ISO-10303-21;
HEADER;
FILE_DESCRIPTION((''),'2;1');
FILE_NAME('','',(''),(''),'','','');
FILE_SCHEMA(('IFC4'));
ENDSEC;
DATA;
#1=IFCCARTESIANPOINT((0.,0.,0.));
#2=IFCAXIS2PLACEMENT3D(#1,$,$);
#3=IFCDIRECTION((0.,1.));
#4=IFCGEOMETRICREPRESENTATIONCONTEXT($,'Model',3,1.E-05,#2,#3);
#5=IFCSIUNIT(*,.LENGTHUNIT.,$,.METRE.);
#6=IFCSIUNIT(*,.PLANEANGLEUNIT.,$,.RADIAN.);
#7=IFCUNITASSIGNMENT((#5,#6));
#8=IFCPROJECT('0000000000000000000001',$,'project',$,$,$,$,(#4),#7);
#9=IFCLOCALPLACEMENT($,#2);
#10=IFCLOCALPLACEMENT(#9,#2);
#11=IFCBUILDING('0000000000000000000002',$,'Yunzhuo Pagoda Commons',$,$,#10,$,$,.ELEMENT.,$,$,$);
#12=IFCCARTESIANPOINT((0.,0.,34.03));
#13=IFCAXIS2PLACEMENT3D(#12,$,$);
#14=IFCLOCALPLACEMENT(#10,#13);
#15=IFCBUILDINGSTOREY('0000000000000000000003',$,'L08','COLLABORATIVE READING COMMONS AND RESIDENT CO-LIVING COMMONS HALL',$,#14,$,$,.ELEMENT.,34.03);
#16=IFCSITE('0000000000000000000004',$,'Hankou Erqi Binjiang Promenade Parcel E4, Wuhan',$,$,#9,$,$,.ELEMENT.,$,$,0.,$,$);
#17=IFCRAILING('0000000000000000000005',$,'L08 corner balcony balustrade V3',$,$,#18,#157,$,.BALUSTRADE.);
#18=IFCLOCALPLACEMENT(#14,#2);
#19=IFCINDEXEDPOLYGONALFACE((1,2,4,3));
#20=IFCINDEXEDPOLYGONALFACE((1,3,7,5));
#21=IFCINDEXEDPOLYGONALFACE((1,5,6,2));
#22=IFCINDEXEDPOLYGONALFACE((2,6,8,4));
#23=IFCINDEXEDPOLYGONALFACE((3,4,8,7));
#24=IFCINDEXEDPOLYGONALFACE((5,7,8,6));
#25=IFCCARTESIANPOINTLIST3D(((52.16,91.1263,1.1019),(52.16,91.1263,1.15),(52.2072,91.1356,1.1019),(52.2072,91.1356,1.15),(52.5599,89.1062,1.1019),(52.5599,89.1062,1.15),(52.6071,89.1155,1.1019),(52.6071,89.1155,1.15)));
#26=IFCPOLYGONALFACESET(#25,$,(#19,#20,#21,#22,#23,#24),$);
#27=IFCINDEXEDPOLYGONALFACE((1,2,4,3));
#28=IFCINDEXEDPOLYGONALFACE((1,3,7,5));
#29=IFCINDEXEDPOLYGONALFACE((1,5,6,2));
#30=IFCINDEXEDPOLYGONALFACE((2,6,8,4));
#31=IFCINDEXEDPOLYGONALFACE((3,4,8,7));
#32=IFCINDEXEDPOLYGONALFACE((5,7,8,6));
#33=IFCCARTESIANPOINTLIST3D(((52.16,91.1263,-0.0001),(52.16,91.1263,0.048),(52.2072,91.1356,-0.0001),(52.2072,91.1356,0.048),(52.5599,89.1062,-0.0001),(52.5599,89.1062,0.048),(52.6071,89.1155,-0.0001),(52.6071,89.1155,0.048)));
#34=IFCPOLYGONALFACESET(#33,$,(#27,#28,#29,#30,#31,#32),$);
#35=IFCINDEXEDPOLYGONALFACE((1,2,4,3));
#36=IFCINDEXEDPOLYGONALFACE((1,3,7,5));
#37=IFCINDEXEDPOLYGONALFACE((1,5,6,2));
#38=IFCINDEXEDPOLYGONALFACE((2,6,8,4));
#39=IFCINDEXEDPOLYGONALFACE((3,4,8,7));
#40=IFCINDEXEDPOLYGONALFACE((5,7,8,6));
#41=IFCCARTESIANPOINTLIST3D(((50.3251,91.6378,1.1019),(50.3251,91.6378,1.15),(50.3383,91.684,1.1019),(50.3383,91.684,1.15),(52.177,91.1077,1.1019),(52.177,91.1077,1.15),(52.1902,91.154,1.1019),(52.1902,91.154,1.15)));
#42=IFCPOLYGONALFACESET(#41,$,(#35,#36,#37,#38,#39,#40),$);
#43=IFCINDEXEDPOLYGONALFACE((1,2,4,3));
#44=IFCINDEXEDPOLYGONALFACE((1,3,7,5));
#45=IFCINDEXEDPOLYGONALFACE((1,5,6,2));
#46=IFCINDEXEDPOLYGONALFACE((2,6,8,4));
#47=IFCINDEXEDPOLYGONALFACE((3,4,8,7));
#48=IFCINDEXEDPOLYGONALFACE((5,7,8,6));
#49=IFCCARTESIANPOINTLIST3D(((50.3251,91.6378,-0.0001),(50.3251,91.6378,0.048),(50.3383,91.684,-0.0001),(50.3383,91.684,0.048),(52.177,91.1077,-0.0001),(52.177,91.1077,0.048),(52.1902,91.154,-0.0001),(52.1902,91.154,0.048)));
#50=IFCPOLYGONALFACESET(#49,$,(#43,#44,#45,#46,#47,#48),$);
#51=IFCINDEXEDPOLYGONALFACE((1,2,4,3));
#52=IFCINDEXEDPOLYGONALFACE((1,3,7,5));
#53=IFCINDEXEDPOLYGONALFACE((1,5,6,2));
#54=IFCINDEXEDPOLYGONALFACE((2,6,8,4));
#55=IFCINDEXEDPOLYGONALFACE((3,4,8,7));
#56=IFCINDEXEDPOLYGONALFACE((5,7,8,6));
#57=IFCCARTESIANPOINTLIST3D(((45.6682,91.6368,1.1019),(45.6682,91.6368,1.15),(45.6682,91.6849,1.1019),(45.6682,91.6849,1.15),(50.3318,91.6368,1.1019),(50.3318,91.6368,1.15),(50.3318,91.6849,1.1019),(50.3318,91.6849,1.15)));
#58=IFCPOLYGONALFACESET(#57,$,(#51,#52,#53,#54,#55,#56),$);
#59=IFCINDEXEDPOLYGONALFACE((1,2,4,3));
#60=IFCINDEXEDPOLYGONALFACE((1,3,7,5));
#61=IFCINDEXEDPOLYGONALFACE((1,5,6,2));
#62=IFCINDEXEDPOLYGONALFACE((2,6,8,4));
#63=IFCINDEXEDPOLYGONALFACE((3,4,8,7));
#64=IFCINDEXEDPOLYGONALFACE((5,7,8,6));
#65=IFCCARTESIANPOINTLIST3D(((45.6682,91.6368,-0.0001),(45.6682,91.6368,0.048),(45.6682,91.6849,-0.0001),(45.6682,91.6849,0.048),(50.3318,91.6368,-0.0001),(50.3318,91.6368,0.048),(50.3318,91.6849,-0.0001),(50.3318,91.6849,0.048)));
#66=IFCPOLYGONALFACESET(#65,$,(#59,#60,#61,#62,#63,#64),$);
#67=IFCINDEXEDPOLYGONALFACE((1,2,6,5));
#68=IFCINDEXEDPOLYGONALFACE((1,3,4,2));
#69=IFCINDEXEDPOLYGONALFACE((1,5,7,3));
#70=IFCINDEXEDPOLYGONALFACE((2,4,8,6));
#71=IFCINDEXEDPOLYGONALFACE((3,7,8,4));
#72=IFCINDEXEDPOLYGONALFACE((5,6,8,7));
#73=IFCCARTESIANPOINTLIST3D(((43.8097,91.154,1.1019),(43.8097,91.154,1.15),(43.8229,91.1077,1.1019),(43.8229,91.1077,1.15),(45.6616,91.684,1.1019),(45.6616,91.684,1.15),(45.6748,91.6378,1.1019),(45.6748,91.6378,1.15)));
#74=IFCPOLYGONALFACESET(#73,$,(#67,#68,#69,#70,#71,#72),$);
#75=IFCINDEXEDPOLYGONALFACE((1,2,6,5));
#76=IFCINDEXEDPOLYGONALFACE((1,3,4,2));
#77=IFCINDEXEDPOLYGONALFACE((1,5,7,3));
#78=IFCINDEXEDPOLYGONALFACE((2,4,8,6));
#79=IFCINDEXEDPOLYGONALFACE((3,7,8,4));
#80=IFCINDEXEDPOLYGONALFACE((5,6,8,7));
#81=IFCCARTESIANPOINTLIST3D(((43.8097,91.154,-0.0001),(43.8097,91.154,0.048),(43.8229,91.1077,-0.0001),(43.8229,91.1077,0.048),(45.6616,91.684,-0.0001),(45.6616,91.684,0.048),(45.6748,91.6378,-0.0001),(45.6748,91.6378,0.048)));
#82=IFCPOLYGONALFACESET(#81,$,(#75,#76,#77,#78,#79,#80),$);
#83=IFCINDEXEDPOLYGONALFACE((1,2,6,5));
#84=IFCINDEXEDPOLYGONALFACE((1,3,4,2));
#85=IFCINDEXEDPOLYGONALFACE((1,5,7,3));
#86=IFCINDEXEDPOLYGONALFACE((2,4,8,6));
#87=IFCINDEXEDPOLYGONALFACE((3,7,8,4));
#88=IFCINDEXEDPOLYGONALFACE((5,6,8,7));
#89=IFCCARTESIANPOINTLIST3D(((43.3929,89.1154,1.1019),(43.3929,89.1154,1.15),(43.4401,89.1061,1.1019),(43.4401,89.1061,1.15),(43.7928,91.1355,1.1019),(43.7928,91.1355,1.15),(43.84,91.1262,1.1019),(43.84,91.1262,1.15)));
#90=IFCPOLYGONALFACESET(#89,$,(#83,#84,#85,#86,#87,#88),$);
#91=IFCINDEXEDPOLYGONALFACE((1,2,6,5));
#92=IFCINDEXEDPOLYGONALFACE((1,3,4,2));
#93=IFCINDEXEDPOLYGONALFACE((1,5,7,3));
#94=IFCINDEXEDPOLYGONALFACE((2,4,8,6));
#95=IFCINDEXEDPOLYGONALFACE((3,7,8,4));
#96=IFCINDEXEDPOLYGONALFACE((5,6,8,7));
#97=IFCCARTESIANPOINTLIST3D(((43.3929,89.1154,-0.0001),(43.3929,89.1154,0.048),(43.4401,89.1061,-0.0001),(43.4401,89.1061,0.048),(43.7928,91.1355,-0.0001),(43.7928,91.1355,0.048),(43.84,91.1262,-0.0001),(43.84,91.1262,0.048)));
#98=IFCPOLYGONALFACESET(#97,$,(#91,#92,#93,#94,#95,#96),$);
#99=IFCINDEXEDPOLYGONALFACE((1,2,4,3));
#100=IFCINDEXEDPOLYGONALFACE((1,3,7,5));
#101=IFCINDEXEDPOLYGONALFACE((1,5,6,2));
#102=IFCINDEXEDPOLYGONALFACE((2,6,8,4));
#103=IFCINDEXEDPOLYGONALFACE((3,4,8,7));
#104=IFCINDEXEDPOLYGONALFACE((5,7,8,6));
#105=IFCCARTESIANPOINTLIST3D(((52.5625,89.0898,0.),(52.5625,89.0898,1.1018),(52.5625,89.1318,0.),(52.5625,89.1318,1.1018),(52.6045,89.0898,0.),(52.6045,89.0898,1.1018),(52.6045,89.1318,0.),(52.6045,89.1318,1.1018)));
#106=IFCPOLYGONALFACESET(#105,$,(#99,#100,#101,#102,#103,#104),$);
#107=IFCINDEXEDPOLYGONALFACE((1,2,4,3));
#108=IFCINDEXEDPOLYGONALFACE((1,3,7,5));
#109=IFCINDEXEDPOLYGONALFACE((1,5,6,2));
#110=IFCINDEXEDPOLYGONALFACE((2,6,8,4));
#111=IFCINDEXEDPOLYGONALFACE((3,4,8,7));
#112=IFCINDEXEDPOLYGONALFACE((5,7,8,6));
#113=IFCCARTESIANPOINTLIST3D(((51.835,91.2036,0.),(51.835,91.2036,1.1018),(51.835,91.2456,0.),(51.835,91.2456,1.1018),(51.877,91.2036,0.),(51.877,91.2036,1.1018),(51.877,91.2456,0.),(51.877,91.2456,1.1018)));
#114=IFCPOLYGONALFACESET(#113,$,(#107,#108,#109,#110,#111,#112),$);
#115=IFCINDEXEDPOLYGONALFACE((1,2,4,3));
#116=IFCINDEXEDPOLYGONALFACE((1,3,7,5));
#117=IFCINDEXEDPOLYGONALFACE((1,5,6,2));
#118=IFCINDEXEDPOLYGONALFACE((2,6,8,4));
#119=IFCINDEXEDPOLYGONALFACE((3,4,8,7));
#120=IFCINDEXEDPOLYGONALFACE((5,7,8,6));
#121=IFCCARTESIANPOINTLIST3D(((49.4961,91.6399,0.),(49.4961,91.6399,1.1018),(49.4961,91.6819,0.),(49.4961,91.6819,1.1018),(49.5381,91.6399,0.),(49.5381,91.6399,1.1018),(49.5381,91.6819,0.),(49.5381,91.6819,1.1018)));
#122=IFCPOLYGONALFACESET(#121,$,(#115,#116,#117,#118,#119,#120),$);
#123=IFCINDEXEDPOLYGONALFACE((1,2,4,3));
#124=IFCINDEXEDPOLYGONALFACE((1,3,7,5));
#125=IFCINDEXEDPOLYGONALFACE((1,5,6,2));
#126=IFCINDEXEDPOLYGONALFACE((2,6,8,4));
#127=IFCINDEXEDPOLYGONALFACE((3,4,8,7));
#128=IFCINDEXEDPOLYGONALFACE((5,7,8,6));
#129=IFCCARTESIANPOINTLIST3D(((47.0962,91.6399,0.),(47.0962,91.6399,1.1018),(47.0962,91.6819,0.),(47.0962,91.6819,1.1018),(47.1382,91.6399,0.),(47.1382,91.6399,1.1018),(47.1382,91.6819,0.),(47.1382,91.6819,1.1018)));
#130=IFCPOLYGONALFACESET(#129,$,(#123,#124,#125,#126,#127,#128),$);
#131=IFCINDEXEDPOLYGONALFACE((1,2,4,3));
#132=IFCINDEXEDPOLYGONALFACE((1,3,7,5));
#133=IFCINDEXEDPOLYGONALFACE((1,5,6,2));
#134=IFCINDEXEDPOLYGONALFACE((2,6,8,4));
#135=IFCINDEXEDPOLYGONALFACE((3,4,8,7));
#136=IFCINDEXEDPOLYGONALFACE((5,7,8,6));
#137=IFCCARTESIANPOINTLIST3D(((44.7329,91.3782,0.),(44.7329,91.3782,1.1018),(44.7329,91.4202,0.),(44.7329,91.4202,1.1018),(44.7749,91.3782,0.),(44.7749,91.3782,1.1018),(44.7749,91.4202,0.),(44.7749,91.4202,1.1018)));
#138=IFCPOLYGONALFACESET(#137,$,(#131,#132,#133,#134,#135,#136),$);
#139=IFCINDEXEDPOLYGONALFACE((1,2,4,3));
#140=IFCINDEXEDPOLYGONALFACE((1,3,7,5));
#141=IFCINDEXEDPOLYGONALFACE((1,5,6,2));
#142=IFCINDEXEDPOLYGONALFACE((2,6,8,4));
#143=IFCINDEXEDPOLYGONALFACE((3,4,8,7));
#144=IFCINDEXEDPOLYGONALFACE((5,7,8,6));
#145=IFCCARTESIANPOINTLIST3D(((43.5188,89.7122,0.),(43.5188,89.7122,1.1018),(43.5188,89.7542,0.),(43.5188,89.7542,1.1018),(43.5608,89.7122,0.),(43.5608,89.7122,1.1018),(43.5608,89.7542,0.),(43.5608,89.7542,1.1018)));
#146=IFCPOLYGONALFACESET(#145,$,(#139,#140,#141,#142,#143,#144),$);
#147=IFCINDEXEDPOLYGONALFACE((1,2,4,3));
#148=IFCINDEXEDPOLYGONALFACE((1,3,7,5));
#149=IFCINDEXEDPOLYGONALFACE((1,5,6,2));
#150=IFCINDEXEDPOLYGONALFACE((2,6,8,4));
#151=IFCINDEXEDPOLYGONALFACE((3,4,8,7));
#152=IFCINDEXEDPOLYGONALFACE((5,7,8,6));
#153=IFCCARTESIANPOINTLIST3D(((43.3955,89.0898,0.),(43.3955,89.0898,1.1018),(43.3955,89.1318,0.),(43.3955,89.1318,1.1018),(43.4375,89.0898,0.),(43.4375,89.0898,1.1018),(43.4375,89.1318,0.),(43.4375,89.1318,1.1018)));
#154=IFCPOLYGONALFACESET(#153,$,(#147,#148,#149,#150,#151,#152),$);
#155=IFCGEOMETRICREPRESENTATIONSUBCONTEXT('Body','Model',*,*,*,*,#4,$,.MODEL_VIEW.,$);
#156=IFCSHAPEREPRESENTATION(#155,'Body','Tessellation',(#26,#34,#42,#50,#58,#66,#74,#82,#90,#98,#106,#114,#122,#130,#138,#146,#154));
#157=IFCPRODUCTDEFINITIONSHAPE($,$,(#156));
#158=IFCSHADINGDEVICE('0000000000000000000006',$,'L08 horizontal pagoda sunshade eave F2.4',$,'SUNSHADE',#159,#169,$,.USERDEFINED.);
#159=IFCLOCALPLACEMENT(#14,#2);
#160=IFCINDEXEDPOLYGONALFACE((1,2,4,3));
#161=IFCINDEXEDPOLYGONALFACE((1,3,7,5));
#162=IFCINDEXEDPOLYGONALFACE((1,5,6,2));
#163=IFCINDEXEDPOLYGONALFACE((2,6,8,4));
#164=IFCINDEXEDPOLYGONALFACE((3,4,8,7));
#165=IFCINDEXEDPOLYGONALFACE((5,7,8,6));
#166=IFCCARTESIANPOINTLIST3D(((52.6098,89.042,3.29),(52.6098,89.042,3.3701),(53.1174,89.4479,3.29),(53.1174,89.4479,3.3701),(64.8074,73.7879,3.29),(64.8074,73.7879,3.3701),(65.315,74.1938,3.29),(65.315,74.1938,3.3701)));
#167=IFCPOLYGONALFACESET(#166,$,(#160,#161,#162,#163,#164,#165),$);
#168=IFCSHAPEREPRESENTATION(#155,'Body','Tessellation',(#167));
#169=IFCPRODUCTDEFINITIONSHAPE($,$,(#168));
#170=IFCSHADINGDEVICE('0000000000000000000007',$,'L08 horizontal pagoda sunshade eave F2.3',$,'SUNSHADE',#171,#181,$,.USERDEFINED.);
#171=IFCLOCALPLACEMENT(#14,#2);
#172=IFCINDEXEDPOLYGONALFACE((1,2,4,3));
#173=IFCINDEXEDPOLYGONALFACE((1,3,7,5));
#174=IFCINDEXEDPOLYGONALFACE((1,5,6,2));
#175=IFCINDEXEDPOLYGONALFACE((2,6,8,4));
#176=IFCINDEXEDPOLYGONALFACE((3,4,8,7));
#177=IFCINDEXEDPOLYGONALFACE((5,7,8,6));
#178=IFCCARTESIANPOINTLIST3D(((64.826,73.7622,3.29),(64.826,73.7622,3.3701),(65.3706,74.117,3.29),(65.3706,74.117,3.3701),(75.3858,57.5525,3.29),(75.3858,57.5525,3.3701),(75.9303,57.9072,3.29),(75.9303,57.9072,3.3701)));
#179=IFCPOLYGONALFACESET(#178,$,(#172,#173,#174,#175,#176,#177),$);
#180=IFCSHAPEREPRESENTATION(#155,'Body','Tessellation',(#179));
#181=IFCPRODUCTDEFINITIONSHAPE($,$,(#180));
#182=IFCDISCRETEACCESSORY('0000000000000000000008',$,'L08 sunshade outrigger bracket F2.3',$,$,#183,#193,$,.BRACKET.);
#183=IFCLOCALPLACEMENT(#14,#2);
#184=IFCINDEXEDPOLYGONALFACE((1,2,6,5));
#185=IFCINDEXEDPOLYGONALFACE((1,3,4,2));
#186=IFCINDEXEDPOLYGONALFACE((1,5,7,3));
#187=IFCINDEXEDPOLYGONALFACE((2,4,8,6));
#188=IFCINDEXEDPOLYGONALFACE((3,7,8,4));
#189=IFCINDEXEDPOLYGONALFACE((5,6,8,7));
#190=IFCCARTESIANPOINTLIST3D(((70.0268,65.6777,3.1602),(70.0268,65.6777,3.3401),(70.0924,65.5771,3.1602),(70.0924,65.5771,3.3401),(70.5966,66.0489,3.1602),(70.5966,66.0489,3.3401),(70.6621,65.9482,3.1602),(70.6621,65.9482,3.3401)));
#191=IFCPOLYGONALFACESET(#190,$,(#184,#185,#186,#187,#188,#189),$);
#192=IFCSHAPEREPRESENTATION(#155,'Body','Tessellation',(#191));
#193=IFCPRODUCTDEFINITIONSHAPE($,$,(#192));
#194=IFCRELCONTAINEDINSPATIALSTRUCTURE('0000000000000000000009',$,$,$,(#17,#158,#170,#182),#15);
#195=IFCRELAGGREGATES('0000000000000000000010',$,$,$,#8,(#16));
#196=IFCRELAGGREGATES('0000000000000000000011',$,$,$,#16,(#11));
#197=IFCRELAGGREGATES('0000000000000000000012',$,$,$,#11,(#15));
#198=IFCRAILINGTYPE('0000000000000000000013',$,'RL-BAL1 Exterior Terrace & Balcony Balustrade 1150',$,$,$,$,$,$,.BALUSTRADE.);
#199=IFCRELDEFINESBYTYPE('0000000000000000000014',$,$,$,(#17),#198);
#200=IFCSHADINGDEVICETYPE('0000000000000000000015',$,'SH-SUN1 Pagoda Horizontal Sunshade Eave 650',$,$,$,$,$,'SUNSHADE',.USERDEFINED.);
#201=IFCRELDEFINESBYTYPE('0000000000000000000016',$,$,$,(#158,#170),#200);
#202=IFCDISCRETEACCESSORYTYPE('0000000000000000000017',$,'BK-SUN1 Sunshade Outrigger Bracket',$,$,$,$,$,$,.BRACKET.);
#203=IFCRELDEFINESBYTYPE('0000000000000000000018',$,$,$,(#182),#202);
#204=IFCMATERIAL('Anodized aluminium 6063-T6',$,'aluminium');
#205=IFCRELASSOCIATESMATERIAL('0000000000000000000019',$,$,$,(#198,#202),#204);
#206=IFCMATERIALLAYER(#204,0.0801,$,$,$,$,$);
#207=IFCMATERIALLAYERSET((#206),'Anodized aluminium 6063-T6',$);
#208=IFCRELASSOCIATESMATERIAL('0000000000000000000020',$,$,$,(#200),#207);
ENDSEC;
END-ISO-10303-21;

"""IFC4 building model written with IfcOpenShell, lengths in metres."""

from ifc_helpers import new_model, si_unit, direction, frame, origin, origin_2d, place, context, subcontext, project, spatial, rectangle, extrude, source, transform, mapped, material, layer, layer_set, type_object, element, save


model = new_model("IFC4")

# Units and contexts
model_context = context("Model", 3, precision=1e-05, world=origin(), true_north=direction((0.0, 1.0)))
body_context = subcontext(model_context, "Body", "Model", "MODEL_VIEW")
ifc_project = project(units=[si_unit("LENGTHUNIT", "METRE"), si_unit("PLANEANGLEUNIT", "RADIAN")], contexts=[model_context])

# Site, building, storey
site_placement = place(None, origin())
site = spatial("IfcSite", under=ifc_project, at=site_placement, Name="Hankou Erqi Binjiang Promenade Parcel E4, Wuhan", CompositionType="ELEMENT", RefElevation=0.0)
building_placement = place(site_placement, origin())
building = spatial("IfcBuilding", under=site, at=building_placement, Name="Yunzhuo Pagoda Commons", CompositionType="ELEMENT")
storey_placement = place(building_placement, frame((0.0, 0.0, 34.03)))
storey = spatial("IfcBuildingStorey", under=building, at=storey_placement, Name="L08", Description="COLLABORATIVE READING COMMONS AND RESIDENT CO-LIVING COMMONS HALL", CompositionType="ELEMENT", Elevation=34.03)

# Shared definitions
ifc_material_1 = material(Name="Anodized aluminium 6063-T6", Category="aluminium")

# Railing
railing_type = type_object("IfcRailingType", Name="RL-BAL1 Exterior Terrace & Balcony Balustrade 1150", PredefinedType="BALUSTRADE", material=ifc_material_1)
railing_placement = place(storey_placement, frame((52.5835, 89.1108, 0.0)))
element("IfcRailing", 1, at=railing_placement, inside=storey, type_object=railing_type, Name="L08 corner balcony balustrade V3", PredefinedType="BALUSTRADE", context=body_context, shape_type="SweptSolid", body=[
    extrude(rectangle(XDim=0.0481, YDim=0.0481, at=origin_2d()), frame((0.0, 0.0, 1.126), z_axis=(-0.194201, 0.980962, 0.0), x_axis=(-0.980962, -0.194201, 0.0)), (0.0, 0.0, 1.0), 2.0593),
    extrude(rectangle(XDim=0.0481, YDim=0.0481, at=origin_2d()), frame((0.0, 0.0, 0.0239), z_axis=(-0.194201, 0.980962, 0.0), x_axis=(-0.980962, -0.194201, 0.0)), (0.0, 0.0, 1.0), 2.0593),
    extrude(rectangle(XDim=0.0481, YDim=0.0481, at=origin_2d()), frame((-0.3999, 2.02, 1.126), z_axis=(-0.961395, 0.275173, 0.0), x_axis=(-0.275173, -0.961395, 0.0)), (0.0, 0.0, 1.0), 1.9263),
    extrude(rectangle(XDim=0.0481, YDim=0.0481, at=origin_2d()), frame((-0.3999, 2.02, 0.0239), z_axis=(-0.961395, 0.275173, 0.0), x_axis=(-0.275173, -0.961395, 0.0)), (0.0, 0.0, 1.0), 1.9263),
    extrude(rectangle(XDim=0.0481, YDim=0.0481, at=origin_2d()), frame((-2.2517, 2.55, 1.126), z_axis=(-1.0, 0.0, 0.0), x_axis=(0.0, -1.0, 0.0)), (0.0, 0.0, 1.0), 4.6636),
    extrude(rectangle(XDim=0.0481, YDim=0.0481, at=origin_2d()), frame((-2.2517, 2.55, 0.0239), z_axis=(-1.0, 0.0, 0.0), x_axis=(0.0, -1.0, 0.0)), (0.0, 0.0, 1.0), 4.6636),
    extrude(rectangle(XDim=0.0481, YDim=0.0481, at=origin_2d()), frame((-6.9153, 2.55, 1.126), z_axis=(-0.961395, -0.275173, 0.0), x_axis=(0.275173, -0.961395, 0.0)), (0.0, 0.0, 1.0), 1.9263),
    extrude(rectangle(XDim=0.0481, YDim=0.0481, at=origin_2d()), frame((-6.9153, 2.55, 0.0239), z_axis=(-0.961395, -0.275173, 0.0), x_axis=(0.275173, -0.961395, 0.0)), (0.0, 0.0, 1.0), 1.9263),
    extrude(rectangle(XDim=0.0481, YDim=0.0481, at=origin_2d()), frame((-8.7671, 2.02, 1.126), z_axis=(-0.194201, -0.980962, 0.0), x_axis=(0.980962, -0.194201, 0.0)), (0.0, 0.0, 1.0), 2.0593),
    extrude(rectangle(XDim=0.0481, YDim=0.0481, at=origin_2d()), frame((-8.7671, 2.02, 0.0239), z_axis=(-0.194201, -0.980962, 0.0), x_axis=(0.980962, -0.194201, 0.0)), (0.0, 0.0, 1.0), 2.0593),
    extrude(rectangle(XDim=0.042, YDim=0.042, at=origin_2d()), origin(), (0.0, 0.0, 1.0), 1.1018),
    extrude(rectangle(XDim=0.042, YDim=0.042, at=origin_2d()), frame((-0.7275, 2.1138, 0.0)), (0.0, 0.0, 1.0), 1.1018),
    extrude(rectangle(XDim=0.042, YDim=0.042, at=origin_2d()), frame((-3.0664, 2.55, 0.0)), (0.0, 0.0, 1.0), 1.1018),
    extrude(rectangle(XDim=0.042, YDim=0.042, at=origin_2d()), frame((-5.4663, 2.55, 0.0)), (0.0, 0.0, 1.0), 1.1018),
    extrude(rectangle(XDim=0.042, YDim=0.042, at=origin_2d()), frame((-7.8296, 2.2883, 0.0)), (0.0, 0.0, 1.0), 1.1018),
    extrude(rectangle(XDim=0.042, YDim=0.042, at=origin_2d()), frame((-9.0437, 0.6223, 0.0)), (0.0, 0.0, 1.0), 1.1018),
    extrude(rectangle(XDim=0.042, YDim=0.042, at=origin_2d()), frame((-9.167, 0.0, 0.0)), (0.0, 0.0, 1.0), 1.1018),
])

# Shading devices
ifc_layer_1 = layer(ifc_material_1, 0.0801)
ifc_layer_set_1 = layer_set([ifc_layer_1], Name="Anodized aluminium 6063-T6")
shading_device_type = type_object("IfcShadingDeviceType", Name="SH-SUN1 Pagoda Horizontal Sunshade Eave 650", ElementType="SUNSHADE", PredefinedType="USERDEFINED", material=ifc_layer_set_1)
shared_shape_1 = source(origin(), body_context, "Body", "SweptSolid", [
    extrude(rectangle(XDim=19.5312, YDim=0.6499, at=origin_2d()), origin(), (0.0, 0.0, 1.0), 0.0801),
])
shading_device_1_placement = place(storey_placement, frame((58.9624, 81.6179, 3.29), z_axis=(0.0, 0.0, 1.0), x_axis=(-0.62452, 0.781008, 0.0)))
element("IfcShadingDevice", 2, at=shading_device_1_placement, inside=storey, type_object=shading_device_type, Name="L08 horizontal pagoda sunshade eave F2.4", ObjectType="SUNSHADE", PredefinedType="USERDEFINED", context=body_context, shape_type="MappedRepresentation", body=[
    mapped(shared_shape_1, transform((0.0, 0.0, 0.0), scale=1.0)),
])
shared_shape_2 = source(origin(), body_context, "Body", "SweptSolid", [
    extrude(rectangle(XDim=19.3459, YDim=0.6499, at=origin_2d()), origin(), (0.0, 0.0, 1.0), 0.0801),
])
shading_device_2_placement = place(storey_placement, frame((70.3782, 65.8347, 3.29), z_axis=(0.0, 0.0, 1.0), x_axis=(-0.545839, 0.83789, 0.0)))
element("IfcShadingDevice", 3, at=shading_device_2_placement, inside=storey, type_object=shading_device_type, Name="L08 horizontal pagoda sunshade eave F2.3", ObjectType="SUNSHADE", PredefinedType="USERDEFINED", context=body_context, shape_type="MappedRepresentation", body=[
    mapped(shared_shape_2, transform((0.0, 0.0, 0.0), scale=1.0)),
])

# Discrete accessory
discrete_accessory_type = type_object("IfcDiscreteAccessoryType", Name="BK-SUN1 Sunshade Outrigger Bracket", PredefinedType="BRACKET", material=ifc_material_1)
shared_shape_3 = source(origin(), body_context, "Body", "SweptSolid", [
    extrude(rectangle(XDim=0.1201, YDim=0.6799, at=origin_2d()), origin(), (0.0, 0.0, 1.0), 0.1799),
])
discrete_accessory_placement = place(storey_placement, frame((70.3445, 65.813, 3.1602), z_axis=(0.0, 0.0, 1.0), x_axis=(-0.545839, 0.83789, 0.0)))
element("IfcDiscreteAccessory", 4, at=discrete_accessory_placement, inside=storey, type_object=discrete_accessory_type, Name="L08 sunshade outrigger bracket F2.3", PredefinedType="BRACKET", context=body_context, shape_type="MappedRepresentation", body=[
    mapped(shared_shape_3, transform((0.0, 0.0, 0.0), scale=1.0)),
])

save(model, "model.ifc")
